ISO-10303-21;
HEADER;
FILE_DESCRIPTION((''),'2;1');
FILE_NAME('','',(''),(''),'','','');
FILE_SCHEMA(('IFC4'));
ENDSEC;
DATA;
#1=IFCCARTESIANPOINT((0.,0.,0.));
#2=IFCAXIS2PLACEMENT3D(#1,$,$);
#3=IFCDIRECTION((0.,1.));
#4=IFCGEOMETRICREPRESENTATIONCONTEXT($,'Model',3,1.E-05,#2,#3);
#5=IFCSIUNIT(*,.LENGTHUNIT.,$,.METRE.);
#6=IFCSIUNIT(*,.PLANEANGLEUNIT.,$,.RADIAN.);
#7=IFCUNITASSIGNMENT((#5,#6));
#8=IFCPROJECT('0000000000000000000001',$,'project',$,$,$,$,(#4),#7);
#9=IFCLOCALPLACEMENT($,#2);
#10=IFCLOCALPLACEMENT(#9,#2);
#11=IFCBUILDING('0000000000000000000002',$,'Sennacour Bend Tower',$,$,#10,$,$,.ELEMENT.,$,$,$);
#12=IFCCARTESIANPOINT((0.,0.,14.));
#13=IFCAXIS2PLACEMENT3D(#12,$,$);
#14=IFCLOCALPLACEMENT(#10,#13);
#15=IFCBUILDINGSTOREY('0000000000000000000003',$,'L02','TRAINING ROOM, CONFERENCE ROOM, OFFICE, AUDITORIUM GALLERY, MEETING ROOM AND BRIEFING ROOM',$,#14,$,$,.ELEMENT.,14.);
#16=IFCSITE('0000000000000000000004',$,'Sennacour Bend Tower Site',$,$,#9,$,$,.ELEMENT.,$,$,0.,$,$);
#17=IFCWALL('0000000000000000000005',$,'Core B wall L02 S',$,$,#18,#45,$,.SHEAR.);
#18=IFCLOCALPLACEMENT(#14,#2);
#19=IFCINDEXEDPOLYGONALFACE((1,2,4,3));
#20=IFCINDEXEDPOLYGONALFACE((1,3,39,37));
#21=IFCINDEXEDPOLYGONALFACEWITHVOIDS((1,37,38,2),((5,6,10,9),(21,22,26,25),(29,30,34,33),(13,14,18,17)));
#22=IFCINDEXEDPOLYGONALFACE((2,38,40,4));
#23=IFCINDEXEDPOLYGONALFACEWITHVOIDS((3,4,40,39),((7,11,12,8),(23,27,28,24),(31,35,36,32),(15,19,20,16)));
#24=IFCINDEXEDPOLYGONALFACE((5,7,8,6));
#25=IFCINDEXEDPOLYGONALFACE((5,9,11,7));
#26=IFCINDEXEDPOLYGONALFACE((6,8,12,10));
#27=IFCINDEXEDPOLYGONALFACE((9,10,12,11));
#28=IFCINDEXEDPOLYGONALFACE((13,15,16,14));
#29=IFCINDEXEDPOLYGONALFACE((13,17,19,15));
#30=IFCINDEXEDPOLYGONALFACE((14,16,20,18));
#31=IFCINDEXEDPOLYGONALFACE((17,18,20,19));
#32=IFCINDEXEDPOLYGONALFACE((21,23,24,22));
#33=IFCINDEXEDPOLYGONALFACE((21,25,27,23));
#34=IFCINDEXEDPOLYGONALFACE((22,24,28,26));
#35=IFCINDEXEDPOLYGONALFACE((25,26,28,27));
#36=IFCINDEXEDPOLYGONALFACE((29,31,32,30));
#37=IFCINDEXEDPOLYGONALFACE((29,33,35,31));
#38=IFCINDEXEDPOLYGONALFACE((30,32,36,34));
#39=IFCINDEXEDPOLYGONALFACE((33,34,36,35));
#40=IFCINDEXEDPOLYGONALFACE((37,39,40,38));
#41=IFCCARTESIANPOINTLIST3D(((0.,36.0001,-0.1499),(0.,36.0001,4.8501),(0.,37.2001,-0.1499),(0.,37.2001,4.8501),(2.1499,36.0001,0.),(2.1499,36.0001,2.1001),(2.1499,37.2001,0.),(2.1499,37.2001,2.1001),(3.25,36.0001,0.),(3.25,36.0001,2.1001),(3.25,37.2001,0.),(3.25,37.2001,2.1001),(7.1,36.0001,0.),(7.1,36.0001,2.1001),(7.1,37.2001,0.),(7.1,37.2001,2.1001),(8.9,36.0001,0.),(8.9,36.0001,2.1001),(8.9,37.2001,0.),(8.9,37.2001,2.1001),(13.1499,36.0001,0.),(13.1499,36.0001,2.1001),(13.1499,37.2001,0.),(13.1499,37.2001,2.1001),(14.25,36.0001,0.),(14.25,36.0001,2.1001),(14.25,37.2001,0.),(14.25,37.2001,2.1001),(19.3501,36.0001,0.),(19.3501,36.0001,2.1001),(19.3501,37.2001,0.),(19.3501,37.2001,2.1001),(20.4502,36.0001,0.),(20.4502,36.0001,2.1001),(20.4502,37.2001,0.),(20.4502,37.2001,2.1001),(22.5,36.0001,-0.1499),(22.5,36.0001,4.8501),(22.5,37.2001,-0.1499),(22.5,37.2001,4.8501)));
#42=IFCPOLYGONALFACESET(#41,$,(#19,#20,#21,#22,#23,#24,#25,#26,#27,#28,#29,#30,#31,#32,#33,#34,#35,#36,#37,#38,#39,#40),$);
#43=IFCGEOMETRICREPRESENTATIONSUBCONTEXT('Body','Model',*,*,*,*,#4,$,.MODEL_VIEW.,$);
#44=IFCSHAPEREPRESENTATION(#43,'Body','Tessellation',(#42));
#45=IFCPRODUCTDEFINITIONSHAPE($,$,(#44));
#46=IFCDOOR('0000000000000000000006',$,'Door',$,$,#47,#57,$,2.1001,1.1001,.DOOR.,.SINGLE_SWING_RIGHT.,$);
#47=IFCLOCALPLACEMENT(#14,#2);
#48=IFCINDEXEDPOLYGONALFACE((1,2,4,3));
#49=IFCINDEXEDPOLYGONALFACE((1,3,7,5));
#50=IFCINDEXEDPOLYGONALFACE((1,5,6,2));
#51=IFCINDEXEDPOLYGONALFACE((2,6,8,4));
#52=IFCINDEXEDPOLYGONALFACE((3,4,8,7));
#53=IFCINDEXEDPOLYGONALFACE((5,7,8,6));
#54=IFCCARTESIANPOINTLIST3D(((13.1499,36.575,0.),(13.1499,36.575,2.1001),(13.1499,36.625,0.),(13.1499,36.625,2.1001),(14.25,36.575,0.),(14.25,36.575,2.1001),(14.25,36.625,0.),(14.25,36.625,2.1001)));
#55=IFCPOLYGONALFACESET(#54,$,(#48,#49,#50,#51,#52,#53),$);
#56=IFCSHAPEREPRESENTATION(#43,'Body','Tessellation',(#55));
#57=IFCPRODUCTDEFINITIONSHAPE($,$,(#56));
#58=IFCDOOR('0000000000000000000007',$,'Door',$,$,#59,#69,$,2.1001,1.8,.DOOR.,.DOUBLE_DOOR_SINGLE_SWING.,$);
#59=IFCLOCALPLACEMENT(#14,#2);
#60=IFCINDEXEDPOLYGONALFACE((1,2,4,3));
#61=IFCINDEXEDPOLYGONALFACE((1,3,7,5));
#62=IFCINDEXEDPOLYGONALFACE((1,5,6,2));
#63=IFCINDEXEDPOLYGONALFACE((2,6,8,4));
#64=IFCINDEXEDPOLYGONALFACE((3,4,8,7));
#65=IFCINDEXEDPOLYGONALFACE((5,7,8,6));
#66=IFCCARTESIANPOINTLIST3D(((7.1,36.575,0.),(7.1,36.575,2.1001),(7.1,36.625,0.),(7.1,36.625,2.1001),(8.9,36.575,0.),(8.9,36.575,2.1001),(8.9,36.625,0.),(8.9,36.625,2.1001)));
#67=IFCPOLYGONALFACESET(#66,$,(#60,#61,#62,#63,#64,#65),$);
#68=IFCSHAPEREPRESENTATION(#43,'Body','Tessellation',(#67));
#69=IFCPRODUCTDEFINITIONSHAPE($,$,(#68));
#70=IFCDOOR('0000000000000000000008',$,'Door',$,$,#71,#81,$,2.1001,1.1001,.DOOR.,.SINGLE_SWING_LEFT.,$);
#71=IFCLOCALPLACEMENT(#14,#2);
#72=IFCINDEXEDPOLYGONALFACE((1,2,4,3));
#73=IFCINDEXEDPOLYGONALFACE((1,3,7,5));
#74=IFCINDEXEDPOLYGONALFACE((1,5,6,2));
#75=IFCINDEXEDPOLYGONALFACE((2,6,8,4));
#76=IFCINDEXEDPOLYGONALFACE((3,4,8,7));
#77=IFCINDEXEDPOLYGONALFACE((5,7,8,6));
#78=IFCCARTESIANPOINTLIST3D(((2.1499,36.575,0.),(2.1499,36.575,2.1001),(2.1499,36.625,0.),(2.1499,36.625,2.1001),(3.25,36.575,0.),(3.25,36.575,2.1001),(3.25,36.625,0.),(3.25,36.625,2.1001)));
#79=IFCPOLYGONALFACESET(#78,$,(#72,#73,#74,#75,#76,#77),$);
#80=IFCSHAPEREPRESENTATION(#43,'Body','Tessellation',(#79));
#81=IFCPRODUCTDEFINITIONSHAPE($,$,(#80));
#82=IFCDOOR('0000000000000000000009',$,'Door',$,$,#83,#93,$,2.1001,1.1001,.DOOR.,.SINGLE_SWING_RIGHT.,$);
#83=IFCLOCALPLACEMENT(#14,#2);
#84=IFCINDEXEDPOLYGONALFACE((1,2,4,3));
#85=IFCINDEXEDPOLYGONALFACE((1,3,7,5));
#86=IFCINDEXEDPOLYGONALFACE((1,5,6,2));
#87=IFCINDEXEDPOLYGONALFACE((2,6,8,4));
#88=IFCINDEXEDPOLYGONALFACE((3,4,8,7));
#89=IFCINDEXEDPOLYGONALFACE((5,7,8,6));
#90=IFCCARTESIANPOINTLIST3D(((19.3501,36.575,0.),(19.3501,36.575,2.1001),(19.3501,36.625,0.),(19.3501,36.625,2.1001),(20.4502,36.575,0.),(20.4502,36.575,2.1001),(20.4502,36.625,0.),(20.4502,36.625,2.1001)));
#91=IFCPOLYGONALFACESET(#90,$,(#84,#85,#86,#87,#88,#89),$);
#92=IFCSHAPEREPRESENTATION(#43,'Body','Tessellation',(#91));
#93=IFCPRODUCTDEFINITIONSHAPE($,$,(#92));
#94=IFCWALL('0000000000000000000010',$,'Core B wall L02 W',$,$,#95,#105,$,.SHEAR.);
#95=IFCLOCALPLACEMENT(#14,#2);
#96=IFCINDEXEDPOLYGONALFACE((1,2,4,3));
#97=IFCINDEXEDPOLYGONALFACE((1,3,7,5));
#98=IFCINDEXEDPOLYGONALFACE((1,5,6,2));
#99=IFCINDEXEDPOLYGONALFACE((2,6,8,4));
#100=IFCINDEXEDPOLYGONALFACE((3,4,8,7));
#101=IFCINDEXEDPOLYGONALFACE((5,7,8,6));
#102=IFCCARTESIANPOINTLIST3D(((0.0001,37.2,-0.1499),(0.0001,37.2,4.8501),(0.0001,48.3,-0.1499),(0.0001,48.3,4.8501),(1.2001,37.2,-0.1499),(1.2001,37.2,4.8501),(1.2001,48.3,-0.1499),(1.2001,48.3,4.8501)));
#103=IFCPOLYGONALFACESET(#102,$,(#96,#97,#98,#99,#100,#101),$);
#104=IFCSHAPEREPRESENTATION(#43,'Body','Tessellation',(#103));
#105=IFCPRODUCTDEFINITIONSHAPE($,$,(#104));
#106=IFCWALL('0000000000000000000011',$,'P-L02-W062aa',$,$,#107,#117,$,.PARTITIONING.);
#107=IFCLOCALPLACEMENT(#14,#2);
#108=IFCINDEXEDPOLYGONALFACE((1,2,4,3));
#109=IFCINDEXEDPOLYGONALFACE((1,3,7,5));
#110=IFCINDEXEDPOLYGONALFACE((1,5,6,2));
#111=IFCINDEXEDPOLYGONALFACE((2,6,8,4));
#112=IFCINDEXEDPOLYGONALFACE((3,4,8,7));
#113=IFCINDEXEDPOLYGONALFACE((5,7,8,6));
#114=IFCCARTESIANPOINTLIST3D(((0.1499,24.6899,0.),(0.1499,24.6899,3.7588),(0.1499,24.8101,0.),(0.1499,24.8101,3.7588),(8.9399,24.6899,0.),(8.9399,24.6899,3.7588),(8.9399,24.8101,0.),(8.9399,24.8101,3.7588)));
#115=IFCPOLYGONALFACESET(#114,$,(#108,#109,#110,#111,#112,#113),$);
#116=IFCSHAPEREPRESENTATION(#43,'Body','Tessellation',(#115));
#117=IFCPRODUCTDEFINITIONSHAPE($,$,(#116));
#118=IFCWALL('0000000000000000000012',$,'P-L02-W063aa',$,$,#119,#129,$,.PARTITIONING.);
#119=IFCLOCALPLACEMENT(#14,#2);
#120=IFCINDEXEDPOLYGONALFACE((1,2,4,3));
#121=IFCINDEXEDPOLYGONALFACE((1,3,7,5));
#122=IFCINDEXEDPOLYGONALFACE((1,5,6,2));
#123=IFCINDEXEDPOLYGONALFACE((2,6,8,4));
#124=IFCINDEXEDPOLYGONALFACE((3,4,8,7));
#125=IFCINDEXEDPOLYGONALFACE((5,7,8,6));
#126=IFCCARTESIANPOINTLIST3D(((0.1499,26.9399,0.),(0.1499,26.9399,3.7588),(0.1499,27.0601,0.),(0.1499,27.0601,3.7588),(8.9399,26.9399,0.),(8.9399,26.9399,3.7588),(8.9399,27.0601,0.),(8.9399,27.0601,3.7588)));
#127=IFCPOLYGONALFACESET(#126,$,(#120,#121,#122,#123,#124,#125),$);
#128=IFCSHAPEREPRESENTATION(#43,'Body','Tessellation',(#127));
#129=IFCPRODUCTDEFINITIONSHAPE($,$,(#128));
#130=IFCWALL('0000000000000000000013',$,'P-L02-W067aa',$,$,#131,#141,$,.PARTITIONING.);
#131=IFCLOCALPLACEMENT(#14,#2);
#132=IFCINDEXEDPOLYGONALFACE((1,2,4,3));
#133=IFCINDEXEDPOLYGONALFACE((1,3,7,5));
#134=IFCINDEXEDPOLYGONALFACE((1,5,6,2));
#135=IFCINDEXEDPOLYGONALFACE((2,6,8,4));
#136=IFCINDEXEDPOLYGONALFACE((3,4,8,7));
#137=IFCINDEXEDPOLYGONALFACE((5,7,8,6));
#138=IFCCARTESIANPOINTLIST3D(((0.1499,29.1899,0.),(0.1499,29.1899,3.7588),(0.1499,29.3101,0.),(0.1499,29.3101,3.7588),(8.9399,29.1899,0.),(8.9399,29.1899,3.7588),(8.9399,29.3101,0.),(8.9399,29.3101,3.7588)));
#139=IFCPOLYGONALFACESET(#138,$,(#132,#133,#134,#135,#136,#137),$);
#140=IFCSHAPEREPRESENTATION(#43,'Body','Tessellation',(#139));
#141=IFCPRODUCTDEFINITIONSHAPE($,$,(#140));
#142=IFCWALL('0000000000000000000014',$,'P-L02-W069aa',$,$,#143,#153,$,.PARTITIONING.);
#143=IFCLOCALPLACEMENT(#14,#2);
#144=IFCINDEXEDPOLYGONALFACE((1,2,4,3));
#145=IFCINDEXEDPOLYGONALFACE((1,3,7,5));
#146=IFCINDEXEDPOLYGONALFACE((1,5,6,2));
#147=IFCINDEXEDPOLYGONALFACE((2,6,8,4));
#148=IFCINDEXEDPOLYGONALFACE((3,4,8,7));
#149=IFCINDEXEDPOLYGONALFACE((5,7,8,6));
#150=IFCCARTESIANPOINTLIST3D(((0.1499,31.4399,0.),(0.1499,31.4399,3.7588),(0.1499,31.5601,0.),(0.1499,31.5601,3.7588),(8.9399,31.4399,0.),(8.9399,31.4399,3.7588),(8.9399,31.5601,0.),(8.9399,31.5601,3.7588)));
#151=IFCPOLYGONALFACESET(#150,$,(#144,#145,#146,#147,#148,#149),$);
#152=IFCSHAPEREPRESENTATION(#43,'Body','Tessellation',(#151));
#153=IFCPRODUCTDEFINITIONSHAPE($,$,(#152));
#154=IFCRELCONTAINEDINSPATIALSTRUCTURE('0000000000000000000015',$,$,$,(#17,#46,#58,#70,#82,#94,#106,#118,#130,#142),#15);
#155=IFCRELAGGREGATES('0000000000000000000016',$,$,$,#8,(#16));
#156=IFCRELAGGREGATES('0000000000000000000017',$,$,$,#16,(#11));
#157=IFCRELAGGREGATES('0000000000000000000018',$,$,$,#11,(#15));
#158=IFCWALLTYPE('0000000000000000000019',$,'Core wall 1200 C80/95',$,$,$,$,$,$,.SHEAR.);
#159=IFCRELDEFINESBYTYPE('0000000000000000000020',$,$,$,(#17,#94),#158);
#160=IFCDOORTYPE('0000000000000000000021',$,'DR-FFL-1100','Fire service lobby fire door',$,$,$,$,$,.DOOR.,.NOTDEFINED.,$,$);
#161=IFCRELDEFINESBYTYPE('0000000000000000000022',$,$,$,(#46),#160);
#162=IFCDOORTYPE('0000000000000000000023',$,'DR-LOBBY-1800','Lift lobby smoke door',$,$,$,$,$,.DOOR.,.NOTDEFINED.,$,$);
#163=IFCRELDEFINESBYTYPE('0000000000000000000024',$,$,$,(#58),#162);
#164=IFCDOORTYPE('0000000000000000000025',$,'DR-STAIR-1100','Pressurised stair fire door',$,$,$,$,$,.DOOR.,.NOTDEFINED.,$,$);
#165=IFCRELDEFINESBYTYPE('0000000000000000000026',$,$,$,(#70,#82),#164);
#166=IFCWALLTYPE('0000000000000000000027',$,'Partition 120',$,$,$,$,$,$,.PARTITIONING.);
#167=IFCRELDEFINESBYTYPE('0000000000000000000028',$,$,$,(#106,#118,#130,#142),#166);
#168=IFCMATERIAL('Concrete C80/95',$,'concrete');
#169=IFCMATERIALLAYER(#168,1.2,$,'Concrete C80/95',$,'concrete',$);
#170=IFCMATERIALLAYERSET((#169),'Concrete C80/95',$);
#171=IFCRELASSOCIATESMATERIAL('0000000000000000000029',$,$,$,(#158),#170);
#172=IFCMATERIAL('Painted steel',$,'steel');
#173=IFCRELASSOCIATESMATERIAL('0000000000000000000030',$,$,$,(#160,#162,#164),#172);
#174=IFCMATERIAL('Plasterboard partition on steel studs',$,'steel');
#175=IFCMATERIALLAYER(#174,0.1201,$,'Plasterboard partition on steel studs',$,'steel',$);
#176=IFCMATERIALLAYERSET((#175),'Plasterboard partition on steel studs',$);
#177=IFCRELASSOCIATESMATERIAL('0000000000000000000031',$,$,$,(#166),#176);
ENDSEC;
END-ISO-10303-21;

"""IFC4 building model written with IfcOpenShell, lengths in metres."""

from ifc_helpers import new_model, si_unit, direction, frame, frame_2d, origin, place, context, subcontext, project, spatial, rectangle, extrude, material, layer, layer_set, type_object, element, fill, save


model = new_model("IFC4")

# Units and contexts
model_context = context("Model", 3, precision=1e-05, world=origin(), true_north=direction((0.0, 1.0)))
body_context = subcontext(model_context, "Body", "Model", "MODEL_VIEW")
ifc_project = project(units=[si_unit("LENGTHUNIT", "METRE"), si_unit("PLANEANGLEUNIT", "RADIAN")], contexts=[model_context])

# Site, building, storey
site_placement = place(None, origin())
site = spatial("IfcSite", under=ifc_project, at=site_placement, Name="Sennacour Bend Tower Site", CompositionType="ELEMENT", RefElevation=0.0)
building_placement = place(site_placement, origin())
building = spatial("IfcBuilding", under=site, at=building_placement, Name="Sennacour Bend Tower", CompositionType="ELEMENT")
storey_placement = place(building_placement, frame((0.0, 0.0, 14.0)))
storey = spatial("IfcBuildingStorey", under=building, at=storey_placement, Name="L02", Description="TRAINING ROOM, CONFERENCE ROOM, OFFICE, AUDITORIUM GALLERY, MEETING ROOM AND BRIEFING ROOM", CompositionType="ELEMENT", Elevation=14.0)

# Wall, openings, doors
ifc_material_1 = material(Name="Concrete C80/95", Category="concrete")
ifc_layer_1 = layer(ifc_material_1, 1.2, Name="Concrete C80/95", Category="concrete")
ifc_layer_set_1 = layer_set([ifc_layer_1], Name="Concrete C80/95")
wall_type_1 = type_object("IfcWallType", Name="Core wall 1200 C80/95", PredefinedType="SHEAR", material=ifc_layer_set_1)
wall_1_placement = place(storey_placement, frame((0.0, 36.6001, -0.1499), z_axis=(0.0, 0.0, 1.0), x_axis=(1.0, 0.0, 0.0)))
wall_1 = element("IfcWall", 1, at=wall_1_placement, inside=storey, type_object=wall_type_1, Name="Core B wall L02 S", PredefinedType="SHEAR", context=body_context, shape_type="SweptSolid", body=[
    extrude(rectangle(XDim=22.5, YDim=1.2, at=frame_2d((11.25, 0.0))), origin(), (0.0, 0.0, 1.0), 5.0),
])
opening_1_placement = place(wall_1_placement, frame((7.1001, 0.0, 0.1499)))
opening_1 = element("IfcOpeningElement", 2, at=opening_1_placement, cuts=wall_1, PredefinedType="OPENING", context=body_context, shape_type="SweptSolid", body=[
    extrude(rectangle(XDim=1.8, YDim=2.1001, at=frame_2d((0.8999, 1.05))), frame((0.0, 0.6099, 0.0), z_axis=(0.0, -1.0, 0.0), x_axis=(1.0, 0.0, 0.0)), (0.0, 0.0, 1.0), 1.22),
])
opening_2_placement = place(wall_1_placement, frame((13.1499, 0.0, 0.1499)))
opening_2 = element("IfcOpeningElement", 3, at=opening_2_placement, cuts=wall_1, PredefinedType="OPENING", context=body_context, shape_type="SweptSolid", body=[
    extrude(rectangle(XDim=1.1001, YDim=2.1001, at=frame_2d((0.55, 1.05))), frame((0.0, 0.6099, 0.0), z_axis=(0.0, -1.0, 0.0), x_axis=(1.0, 0.0, 0.0)), (0.0, 0.0, 1.0), 1.22),
])
opening_3_placement = place(wall_1_placement, frame((2.1499, 0.0, 0.1499)))
opening_3 = element("IfcOpeningElement", 4, at=opening_3_placement, cuts=wall_1, PredefinedType="OPENING", context=body_context, shape_type="SweptSolid", body=[
    extrude(rectangle(XDim=1.1001, YDim=2.1001, at=frame_2d((0.55, 1.05))), frame((0.0, 0.6099, 0.0), z_axis=(0.0, -1.0, 0.0), x_axis=(1.0, 0.0, 0.0)), (0.0, 0.0, 1.0), 1.22),
])
opening_4_placement = place(wall_1_placement, frame((19.3501, 0.0, 0.1499)))
opening_4 = element("IfcOpeningElement", 5, at=opening_4_placement, cuts=wall_1, PredefinedType="OPENING", context=body_context, shape_type="SweptSolid", body=[
    extrude(rectangle(XDim=1.1001, YDim=2.1001, at=frame_2d((0.55, 1.05))), frame((0.0, 0.6099, 0.0), z_axis=(0.0, -1.0, 0.0), x_axis=(1.0, 0.0, 0.0)), (0.0, 0.0, 1.0), 1.22),
])
ifc_material_2 = material(Name="Painted steel", Category="steel")
door_type_1 = type_object("IfcDoorType", Name="DR-FFL-1100", Description="Fire service lobby fire door", OperationType="NOTDEFINED", PredefinedType="DOOR", material=ifc_material_2)
door_1_placement = place(opening_2_placement, origin())
door_1 = element("IfcDoor", 6, at=door_1_placement, inside=storey, type_object=door_type_1, Name="Door", OperationType="SINGLE_SWING_RIGHT", OverallHeight=2.1001, OverallWidth=1.1001, PredefinedType="DOOR", context=body_context, shape_type="SweptSolid", body=[
    extrude(rectangle(XDim=1.1001, YDim=2.1001, at=frame_2d((0.55, 1.05))), frame((0.0, 0.0249, 0.0), z_axis=(0.0, -1.0, 0.0), x_axis=(1.0, 0.0, 0.0)), (0.0, 0.0, 1.0), 0.05),
])
fill(opening_2, door_1)
door_type_2 = type_object("IfcDoorType", Name="DR-LOBBY-1800", Description="Lift lobby smoke door", OperationType="NOTDEFINED", PredefinedType="DOOR", material=ifc_material_2)
door_2_placement = place(opening_1_placement, origin())
door_2 = element("IfcDoor", 7, at=door_2_placement, inside=storey, type_object=door_type_2, Name="Door", OperationType="DOUBLE_DOOR_SINGLE_SWING", OverallHeight=2.1001, OverallWidth=1.8, PredefinedType="DOOR", context=body_context, shape_type="SweptSolid", body=[
    extrude(rectangle(XDim=1.8, YDim=2.1001, at=frame_2d((0.8999, 1.05))), frame((0.0, 0.0249, 0.0), z_axis=(0.0, -1.0, 0.0), x_axis=(1.0, 0.0, 0.0)), (0.0, 0.0, 1.0), 0.05),
])
fill(opening_1, door_2)
door_type_3 = type_object("IfcDoorType", Name="DR-STAIR-1100", Description="Pressurised stair fire door", OperationType="NOTDEFINED", PredefinedType="DOOR", material=ifc_material_2)
door_3_placement = place(opening_3_placement, origin())
door_3 = element("IfcDoor", 8, at=door_3_placement, inside=storey, type_object=door_type_3, Name="Door", OperationType="SINGLE_SWING_LEFT", OverallHeight=2.1001, OverallWidth=1.1001, PredefinedType="DOOR", context=body_context, shape_type="SweptSolid", body=[
    extrude(rectangle(XDim=1.1001, YDim=2.1001, at=frame_2d((0.55, 1.05))), frame((0.0, 0.0249, 0.0), z_axis=(0.0, -1.0, 0.0), x_axis=(1.0, 0.0, 0.0)), (0.0, 0.0, 1.0), 0.05),
])
fill(opening_3, door_3)
door_4_placement = place(opening_4_placement, origin())
door_4 = element("IfcDoor", 9, at=door_4_placement, inside=storey, type_object=door_type_3, Name="Door", OperationType="SINGLE_SWING_RIGHT", OverallHeight=2.1001, OverallWidth=1.1001, PredefinedType="DOOR", context=body_context, shape_type="SweptSolid", body=[
    extrude(rectangle(XDim=1.1001, YDim=2.1001, at=frame_2d((0.55, 1.05))), frame((0.0, 0.0249, 0.0), z_axis=(0.0, -1.0, 0.0), x_axis=(1.0, 0.0, 0.0)), (0.0, 0.0, 1.0), 0.05),
])
fill(opening_4, door_4)

# Walls
wall_2_placement = place(storey_placement, frame((0.6001, 37.2, -0.1499), z_axis=(0.0, 0.0, 1.0), x_axis=(0.0, 1.0, 0.0)))
element("IfcWall", 10, at=wall_2_placement, inside=storey, type_object=wall_type_1, Name="Core B wall L02 W", PredefinedType="SHEAR", context=body_context, shape_type="SweptSolid", body=[
    extrude(rectangle(XDim=11.1001, YDim=1.2, at=frame_2d((5.55, 0.0))), origin(), (0.0, 0.0, 1.0), 5.0),
])
ifc_material_3 = material(Name="Plasterboard partition on steel studs", Category="steel")
ifc_layer_2 = layer(ifc_material_3, 0.1201, Name="Plasterboard partition on steel studs", Category="steel")
ifc_layer_set_2 = layer_set([ifc_layer_2], Name="Plasterboard partition on steel studs")
wall_type_2 = type_object("IfcWallType", Name="Partition 120", PredefinedType="PARTITIONING", material=ifc_layer_set_2)
for number, where, z_axis, x_axis, name in (
    (11, (0.1499, 24.75, 0.0), (0.0, 0.0, 1.0), (1.0, 0.0, 0.0), "P-L02-W062aa"),
    (12, (0.1499, 27.0, 0.0), (0.0, 0.0, 1.0), (1.0, 0.0, 0.0), "P-L02-W063aa"),
    (13, (0.1499, 29.25, 0.0), (0.0, 0.0, 1.0), (1.0, 0.0, 0.0), "P-L02-W067aa"),
    (14, (0.1499, 31.5, 0.0), (0.0, 0.0, 1.0), (1.0, 0.0, 0.0), "P-L02-W069aa"),
):
    element("IfcWall", number, at=place(storey_placement, frame(where, z_axis=z_axis, x_axis=x_axis)), inside=storey, type_object=wall_type_2, Name=name, PredefinedType="PARTITIONING", context=body_context, shape_type="SweptSolid", body=[
        extrude(rectangle(XDim=8.79, YDim=0.1201, at=frame_2d((4.395, 0.0))), origin(), (0.0, 0.0, 1.0), 3.7588),
    ])

save(model, "model.ifc")
